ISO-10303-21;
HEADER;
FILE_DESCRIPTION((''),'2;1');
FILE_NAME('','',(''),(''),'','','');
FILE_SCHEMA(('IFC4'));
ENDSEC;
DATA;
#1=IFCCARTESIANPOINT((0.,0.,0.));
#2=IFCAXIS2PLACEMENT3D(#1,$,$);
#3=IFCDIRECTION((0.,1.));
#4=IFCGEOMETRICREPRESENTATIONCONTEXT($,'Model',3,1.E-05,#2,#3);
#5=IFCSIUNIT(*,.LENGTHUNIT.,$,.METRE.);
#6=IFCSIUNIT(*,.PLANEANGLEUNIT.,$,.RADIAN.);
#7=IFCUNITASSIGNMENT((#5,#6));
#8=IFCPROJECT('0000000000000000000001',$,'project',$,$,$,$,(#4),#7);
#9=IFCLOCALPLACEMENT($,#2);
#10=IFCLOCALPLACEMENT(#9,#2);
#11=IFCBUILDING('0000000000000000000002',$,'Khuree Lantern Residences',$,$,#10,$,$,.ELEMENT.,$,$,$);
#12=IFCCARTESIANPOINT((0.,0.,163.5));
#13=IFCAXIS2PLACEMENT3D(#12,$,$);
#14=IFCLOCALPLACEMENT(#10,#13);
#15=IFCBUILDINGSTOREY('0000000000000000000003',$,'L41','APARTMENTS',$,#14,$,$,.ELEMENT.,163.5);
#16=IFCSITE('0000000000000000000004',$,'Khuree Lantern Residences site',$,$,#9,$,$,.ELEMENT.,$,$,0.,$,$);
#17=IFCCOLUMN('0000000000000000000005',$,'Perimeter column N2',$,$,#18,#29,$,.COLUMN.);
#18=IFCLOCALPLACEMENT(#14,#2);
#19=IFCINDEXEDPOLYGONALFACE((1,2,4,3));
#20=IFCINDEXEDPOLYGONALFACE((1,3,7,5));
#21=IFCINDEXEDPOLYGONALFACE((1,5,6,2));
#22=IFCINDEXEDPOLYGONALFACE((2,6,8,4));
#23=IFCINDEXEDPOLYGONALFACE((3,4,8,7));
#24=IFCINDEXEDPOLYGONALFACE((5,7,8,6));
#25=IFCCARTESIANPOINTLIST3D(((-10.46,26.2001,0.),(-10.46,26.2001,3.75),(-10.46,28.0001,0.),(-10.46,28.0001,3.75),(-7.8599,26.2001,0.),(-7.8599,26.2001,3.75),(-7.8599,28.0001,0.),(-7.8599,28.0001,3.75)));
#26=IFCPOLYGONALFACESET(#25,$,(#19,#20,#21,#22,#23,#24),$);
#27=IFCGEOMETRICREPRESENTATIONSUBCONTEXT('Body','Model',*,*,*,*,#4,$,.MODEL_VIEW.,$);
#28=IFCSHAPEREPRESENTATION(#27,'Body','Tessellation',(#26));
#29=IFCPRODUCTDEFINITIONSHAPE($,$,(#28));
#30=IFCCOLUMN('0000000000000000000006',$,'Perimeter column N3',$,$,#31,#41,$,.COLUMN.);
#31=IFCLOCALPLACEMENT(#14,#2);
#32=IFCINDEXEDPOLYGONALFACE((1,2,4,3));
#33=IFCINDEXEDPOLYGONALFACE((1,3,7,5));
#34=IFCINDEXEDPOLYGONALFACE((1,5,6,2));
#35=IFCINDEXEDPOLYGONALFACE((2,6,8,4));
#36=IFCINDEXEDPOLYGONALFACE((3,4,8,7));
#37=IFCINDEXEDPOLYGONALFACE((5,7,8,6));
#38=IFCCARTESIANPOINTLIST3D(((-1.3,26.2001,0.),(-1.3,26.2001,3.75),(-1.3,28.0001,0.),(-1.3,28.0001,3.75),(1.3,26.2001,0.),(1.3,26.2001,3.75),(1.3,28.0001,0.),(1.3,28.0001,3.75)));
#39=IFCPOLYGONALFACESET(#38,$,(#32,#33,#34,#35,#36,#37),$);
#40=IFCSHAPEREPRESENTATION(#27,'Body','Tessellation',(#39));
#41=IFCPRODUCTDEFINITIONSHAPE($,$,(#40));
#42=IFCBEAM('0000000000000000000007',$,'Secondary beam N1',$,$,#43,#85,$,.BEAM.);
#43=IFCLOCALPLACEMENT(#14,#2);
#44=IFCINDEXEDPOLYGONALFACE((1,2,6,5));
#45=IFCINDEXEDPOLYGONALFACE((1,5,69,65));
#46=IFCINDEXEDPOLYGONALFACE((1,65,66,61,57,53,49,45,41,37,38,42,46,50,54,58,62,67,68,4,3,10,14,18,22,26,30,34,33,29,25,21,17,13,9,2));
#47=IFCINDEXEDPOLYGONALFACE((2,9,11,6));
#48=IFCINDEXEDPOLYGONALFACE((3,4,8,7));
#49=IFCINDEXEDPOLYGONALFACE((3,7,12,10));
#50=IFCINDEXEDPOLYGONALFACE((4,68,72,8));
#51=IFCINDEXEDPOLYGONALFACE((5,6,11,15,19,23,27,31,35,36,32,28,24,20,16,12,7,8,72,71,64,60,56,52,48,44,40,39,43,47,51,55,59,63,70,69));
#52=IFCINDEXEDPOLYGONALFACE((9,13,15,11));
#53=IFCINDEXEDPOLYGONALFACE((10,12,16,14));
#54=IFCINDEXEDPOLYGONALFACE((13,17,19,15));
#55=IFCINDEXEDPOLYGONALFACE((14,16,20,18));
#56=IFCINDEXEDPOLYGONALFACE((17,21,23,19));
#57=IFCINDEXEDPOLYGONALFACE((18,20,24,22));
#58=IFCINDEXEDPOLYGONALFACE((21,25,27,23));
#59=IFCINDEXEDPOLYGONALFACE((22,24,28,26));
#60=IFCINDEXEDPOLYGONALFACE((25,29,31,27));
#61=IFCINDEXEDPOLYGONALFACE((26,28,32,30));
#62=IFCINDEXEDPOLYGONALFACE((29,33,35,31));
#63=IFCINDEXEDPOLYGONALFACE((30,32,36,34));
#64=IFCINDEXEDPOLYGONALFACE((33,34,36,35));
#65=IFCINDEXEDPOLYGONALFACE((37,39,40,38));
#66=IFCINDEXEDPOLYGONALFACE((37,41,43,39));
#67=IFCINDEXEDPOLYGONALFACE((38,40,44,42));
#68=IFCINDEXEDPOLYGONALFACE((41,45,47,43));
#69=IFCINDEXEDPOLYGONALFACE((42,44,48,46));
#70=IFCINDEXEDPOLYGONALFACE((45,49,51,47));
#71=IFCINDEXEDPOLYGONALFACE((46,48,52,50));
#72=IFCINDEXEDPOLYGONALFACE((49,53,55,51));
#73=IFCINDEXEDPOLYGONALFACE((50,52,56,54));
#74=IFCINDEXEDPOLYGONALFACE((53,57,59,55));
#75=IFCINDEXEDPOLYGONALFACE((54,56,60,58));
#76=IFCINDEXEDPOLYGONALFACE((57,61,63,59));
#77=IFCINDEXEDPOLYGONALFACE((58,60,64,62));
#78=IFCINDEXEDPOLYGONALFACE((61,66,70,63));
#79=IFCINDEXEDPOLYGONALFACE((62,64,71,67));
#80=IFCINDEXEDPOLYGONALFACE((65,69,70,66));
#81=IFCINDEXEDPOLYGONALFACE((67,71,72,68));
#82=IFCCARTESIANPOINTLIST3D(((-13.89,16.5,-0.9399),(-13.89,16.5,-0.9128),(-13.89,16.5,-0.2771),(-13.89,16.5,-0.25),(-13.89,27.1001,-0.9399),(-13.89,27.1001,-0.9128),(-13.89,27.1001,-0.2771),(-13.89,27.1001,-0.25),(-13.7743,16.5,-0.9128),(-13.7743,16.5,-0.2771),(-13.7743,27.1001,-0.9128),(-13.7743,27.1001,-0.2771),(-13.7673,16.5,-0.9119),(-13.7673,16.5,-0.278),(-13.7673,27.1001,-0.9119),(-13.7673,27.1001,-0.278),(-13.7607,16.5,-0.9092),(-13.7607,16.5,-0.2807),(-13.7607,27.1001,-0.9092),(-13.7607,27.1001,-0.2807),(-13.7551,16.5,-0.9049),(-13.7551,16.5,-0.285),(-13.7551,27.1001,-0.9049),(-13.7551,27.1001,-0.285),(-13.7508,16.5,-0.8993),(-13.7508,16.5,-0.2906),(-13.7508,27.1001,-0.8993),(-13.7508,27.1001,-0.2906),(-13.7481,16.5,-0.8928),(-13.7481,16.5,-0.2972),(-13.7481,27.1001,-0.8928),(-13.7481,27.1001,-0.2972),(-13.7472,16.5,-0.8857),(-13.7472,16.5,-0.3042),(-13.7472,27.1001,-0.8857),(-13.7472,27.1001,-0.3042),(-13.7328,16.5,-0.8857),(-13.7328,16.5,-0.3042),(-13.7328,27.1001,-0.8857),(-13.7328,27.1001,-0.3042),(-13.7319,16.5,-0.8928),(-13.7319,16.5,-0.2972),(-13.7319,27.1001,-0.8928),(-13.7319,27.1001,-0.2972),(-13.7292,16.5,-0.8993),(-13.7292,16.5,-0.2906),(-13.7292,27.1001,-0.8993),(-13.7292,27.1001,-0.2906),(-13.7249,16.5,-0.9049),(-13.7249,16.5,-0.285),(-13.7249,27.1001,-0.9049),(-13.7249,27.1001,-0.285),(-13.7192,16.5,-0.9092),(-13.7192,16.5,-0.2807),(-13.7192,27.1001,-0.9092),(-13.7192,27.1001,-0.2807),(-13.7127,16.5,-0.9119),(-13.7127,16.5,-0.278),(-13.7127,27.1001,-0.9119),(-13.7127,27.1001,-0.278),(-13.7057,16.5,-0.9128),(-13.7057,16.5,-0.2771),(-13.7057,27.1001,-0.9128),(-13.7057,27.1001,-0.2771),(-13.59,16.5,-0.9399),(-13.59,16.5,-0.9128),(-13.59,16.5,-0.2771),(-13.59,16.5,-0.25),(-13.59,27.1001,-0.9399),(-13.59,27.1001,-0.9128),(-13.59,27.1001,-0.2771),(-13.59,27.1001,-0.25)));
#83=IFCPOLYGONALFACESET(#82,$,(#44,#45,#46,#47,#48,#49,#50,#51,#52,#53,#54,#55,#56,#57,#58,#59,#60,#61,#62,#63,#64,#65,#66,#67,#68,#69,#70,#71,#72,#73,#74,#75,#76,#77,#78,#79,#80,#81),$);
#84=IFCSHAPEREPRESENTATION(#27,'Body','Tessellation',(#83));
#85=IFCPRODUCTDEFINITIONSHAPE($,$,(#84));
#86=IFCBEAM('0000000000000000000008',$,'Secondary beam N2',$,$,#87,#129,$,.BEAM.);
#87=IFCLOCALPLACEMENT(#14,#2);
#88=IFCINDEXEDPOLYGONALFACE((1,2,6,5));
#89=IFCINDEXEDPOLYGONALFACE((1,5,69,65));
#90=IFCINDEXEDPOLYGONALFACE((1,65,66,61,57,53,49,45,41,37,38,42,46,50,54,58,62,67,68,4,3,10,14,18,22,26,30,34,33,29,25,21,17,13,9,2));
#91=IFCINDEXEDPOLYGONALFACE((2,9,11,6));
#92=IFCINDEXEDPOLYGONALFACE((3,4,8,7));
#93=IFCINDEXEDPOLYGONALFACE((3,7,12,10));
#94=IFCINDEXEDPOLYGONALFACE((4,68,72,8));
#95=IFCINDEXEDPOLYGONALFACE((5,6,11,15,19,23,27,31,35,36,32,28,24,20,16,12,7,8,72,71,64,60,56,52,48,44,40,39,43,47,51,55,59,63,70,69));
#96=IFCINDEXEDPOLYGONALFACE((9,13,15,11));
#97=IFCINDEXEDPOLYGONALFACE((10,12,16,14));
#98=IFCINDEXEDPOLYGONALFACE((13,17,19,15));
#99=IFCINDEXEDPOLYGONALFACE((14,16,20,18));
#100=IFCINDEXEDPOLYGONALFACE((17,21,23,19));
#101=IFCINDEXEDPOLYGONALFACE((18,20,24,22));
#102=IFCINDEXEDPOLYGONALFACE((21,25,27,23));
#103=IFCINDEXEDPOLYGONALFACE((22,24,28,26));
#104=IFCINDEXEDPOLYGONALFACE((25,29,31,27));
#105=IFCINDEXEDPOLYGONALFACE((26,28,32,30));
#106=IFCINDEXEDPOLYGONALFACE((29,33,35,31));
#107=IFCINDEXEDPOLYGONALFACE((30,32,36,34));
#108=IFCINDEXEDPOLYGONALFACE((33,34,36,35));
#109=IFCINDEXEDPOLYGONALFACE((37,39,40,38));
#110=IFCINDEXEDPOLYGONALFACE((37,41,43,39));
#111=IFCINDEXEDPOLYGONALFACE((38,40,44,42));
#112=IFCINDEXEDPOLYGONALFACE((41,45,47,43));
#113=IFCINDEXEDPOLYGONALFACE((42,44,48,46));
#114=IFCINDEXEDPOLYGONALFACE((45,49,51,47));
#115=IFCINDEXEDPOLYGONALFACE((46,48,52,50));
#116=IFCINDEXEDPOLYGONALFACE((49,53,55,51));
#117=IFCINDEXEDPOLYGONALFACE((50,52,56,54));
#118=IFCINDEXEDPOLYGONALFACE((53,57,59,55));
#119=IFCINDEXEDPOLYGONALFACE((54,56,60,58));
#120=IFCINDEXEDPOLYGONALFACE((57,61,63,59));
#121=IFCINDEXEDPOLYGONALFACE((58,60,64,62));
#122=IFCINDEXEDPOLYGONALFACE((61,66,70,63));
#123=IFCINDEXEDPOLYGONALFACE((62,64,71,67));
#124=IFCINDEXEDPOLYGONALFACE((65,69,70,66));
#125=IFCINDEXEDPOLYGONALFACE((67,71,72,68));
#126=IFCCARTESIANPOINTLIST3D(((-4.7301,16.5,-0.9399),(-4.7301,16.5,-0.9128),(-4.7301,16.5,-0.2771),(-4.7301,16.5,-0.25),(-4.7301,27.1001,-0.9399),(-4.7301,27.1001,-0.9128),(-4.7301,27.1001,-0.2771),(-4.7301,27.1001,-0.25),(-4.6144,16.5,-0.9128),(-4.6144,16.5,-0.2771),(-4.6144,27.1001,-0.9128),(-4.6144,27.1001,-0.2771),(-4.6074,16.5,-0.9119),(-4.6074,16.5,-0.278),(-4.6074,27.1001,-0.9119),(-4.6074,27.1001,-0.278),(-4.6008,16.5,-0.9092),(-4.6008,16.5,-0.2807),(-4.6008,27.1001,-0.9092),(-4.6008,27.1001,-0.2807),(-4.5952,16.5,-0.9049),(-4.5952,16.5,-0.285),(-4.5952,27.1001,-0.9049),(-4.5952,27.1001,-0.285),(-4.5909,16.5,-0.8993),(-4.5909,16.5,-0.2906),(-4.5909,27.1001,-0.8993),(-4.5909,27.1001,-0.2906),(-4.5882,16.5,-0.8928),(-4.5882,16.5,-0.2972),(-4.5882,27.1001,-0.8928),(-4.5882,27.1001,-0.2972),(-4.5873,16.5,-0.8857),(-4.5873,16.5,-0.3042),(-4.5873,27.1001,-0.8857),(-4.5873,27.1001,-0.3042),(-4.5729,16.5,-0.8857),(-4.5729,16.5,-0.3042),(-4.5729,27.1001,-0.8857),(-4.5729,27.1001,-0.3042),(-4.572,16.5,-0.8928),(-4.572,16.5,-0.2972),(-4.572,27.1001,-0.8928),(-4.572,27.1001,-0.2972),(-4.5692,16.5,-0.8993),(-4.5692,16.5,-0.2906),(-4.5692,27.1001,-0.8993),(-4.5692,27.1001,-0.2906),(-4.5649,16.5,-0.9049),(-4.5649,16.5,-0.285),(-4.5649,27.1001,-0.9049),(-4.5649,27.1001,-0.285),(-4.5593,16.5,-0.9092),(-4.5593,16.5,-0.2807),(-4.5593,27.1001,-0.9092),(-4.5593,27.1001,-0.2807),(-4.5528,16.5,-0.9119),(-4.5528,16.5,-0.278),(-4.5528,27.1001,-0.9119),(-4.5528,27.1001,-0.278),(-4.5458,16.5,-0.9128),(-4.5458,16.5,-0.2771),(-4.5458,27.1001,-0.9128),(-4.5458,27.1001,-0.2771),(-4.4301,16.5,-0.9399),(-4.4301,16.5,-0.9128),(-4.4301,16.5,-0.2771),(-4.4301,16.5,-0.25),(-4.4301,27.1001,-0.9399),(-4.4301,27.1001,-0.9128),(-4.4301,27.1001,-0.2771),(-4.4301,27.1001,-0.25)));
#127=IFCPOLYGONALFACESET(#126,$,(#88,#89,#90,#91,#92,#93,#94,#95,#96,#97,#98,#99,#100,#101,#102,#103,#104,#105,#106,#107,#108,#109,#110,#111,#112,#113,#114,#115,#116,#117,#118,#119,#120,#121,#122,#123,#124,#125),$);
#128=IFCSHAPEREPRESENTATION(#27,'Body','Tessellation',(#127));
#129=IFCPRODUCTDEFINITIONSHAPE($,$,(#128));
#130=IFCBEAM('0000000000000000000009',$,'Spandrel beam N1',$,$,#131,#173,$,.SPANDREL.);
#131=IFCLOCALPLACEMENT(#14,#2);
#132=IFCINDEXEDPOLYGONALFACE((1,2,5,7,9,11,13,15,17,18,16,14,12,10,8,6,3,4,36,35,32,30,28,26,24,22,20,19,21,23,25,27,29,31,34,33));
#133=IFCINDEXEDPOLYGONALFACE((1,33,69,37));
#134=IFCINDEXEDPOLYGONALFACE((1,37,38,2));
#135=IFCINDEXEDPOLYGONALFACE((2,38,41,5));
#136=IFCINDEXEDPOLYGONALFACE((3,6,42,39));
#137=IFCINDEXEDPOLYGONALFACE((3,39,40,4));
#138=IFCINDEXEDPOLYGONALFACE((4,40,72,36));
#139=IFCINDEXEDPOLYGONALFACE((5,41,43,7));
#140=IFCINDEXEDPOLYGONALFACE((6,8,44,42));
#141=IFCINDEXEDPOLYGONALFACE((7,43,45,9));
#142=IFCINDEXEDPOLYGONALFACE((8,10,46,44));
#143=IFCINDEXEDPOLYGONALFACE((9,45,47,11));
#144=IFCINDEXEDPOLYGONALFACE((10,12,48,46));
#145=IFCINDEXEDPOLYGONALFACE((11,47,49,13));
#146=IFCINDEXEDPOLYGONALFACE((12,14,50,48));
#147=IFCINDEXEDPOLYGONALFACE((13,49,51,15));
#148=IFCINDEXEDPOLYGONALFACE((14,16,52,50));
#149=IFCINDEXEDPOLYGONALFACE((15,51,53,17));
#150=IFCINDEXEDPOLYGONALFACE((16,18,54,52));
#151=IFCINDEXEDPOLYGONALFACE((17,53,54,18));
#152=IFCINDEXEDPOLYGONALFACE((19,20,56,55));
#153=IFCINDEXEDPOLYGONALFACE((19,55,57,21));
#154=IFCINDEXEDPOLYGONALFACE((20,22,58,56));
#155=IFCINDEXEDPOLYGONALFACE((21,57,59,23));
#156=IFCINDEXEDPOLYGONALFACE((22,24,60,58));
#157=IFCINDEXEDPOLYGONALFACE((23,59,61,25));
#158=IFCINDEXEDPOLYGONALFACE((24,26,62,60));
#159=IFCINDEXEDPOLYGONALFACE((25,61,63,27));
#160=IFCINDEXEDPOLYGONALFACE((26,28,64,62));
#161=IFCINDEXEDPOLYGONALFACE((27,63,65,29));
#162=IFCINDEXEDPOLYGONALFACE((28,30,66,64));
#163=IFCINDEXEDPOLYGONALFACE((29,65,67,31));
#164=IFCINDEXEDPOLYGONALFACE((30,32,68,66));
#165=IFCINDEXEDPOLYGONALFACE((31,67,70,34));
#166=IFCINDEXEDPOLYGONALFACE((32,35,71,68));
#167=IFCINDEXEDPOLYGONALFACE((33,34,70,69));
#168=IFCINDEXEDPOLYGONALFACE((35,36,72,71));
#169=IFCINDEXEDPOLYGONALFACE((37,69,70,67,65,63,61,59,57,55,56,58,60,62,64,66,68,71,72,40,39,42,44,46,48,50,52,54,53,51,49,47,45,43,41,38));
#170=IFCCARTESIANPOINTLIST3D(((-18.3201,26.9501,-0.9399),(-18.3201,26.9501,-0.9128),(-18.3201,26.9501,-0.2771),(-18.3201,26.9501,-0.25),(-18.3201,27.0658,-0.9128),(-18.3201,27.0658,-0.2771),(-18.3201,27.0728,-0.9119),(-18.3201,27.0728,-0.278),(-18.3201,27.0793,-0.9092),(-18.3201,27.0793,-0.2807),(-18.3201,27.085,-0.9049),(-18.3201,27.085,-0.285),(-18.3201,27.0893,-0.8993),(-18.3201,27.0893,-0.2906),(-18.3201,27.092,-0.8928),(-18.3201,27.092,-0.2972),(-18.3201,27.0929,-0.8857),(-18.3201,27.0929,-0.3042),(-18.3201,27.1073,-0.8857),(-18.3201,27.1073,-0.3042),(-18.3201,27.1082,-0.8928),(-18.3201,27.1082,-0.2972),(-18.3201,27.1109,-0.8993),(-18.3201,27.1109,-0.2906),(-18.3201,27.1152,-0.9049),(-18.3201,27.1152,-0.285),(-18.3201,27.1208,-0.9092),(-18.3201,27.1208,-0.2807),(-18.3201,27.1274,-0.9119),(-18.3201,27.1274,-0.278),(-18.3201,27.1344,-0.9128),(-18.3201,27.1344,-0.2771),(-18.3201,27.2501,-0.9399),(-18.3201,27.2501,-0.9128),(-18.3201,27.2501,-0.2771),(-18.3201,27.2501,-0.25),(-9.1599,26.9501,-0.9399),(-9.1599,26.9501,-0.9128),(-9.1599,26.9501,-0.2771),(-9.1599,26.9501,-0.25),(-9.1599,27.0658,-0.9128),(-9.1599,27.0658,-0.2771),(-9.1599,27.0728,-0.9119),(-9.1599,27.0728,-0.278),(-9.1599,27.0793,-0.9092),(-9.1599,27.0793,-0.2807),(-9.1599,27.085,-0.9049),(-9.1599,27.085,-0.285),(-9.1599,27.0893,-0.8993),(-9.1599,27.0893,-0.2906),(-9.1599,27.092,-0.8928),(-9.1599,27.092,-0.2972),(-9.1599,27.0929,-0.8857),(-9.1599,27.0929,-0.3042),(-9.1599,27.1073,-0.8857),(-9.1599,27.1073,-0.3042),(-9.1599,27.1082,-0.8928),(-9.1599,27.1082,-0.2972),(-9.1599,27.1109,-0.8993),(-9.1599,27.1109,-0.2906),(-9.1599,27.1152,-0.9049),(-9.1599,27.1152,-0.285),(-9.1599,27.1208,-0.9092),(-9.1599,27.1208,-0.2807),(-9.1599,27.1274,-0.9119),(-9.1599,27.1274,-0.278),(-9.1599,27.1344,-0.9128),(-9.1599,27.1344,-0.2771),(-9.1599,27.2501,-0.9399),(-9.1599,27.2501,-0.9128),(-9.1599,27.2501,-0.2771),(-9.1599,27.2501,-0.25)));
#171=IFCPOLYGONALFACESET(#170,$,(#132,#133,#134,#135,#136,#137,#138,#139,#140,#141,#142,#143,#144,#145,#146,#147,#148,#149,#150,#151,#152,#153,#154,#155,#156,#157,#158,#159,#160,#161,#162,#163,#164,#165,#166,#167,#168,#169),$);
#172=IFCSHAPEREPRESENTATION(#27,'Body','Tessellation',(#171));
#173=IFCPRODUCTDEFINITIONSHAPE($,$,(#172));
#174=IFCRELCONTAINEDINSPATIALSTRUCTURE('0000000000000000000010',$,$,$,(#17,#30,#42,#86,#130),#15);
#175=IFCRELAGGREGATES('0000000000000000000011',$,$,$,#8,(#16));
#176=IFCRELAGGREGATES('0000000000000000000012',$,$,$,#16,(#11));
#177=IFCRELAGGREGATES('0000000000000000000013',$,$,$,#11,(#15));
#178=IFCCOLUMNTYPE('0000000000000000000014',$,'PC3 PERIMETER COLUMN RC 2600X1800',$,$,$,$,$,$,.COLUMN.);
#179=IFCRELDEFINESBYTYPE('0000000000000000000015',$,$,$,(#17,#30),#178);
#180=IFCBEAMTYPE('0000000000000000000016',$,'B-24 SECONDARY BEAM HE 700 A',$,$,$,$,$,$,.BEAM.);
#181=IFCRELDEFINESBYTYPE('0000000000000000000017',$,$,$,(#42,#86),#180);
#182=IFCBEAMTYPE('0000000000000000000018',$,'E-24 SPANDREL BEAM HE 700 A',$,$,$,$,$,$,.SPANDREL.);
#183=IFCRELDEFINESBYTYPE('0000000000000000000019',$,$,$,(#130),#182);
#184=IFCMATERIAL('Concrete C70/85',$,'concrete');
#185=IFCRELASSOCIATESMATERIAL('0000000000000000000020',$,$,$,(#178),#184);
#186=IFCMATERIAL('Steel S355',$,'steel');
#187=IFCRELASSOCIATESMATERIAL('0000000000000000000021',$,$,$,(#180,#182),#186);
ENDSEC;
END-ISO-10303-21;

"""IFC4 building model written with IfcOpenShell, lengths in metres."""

from ifc_helpers import new_model, si_unit, direction, frame, origin, origin_2d, place, context, subcontext, project, spatial, rectangle, i_section, extrude, material, material_profile, profile_set, type_object, element, save


model = new_model("IFC4")

# Units and contexts
model_context = context("Model", 3, precision=1e-05, world=origin(), true_north=direction((0.0, 1.0)))
body_context = subcontext(model_context, "Body", "Model", "MODEL_VIEW")
ifc_project = project(units=[si_unit("LENGTHUNIT", "METRE"), si_unit("PLANEANGLEUNIT", "RADIAN")], contexts=[model_context])

# Site, building, storey
site_placement = place(None, origin())
site = spatial("IfcSite", under=ifc_project, at=site_placement, Name="Khuree Lantern Residences site", CompositionType="ELEMENT", RefElevation=0.0)
building_placement = place(site_placement, origin())
building = spatial("IfcBuilding", under=site, at=building_placement, Name="Khuree Lantern Residences", CompositionType="ELEMENT")
storey_placement = place(building_placement, frame((0.0, 0.0, 163.5)))
storey = spatial("IfcBuildingStorey", under=building, at=storey_placement, Name="L41", Description="APARTMENTS", CompositionType="ELEMENT", Elevation=163.5)

# Columns
ifc_material_1 = material(Name="Concrete C70/85", Category="concrete")
ifc_material_profile_1 = material_profile(ifc_material_1, rectangle(XDim=2.6001, YDim=1.8, at=origin_2d()), Name="RC 2600X1800")
ifc_profile_set_1 = profile_set([ifc_material_profile_1], Name="Concrete C70/85")
column_type = type_object("IfcColumnType", Name="PC3 PERIMETER COLUMN RC 2600X1800", PredefinedType="COLUMN", material=ifc_profile_set_1)
for number, where, z_axis, x_axis, name in (
    (1, (-9.1599, 27.1001, 0.0), (0.0, 0.0, 1.0), (1.0, 0.0, 0.0), "Perimeter column N2"),
    (2, (0.0, 27.1001, 0.0), (0.0, 0.0, 1.0), (1.0, 0.0, 0.0), "Perimeter column N3"),
):
    element("IfcColumn", number, at=place(storey_placement, frame(where, z_axis=z_axis, x_axis=x_axis)), inside=storey, type_object=column_type, Name=name, PredefinedType="COLUMN", context=body_context, shape_type="SweptSolid", body=[
        extrude(rectangle(XDim=2.6001, YDim=1.8, at=origin_2d()), origin(), (0.0, 0.0, 1.0), 3.75),
    ])

# Beams
ifc_material_2 = material(Name="Steel S355", Category="steel")
ifc_material_profile_2 = material_profile(ifc_material_2, i_section(OverallWidth=0.3, OverallDepth=0.6899, WebThickness=0.0144, FlangeThickness=0.0271, FilletRadius=0.0271, at=origin_2d()), Name="HE 700 A")
ifc_profile_set_2 = profile_set([ifc_material_profile_2], Name="Steel S355")
beam_type_1 = type_object("IfcBeamType", Name="B-24 SECONDARY BEAM HE 700 A", PredefinedType="BEAM", material=ifc_profile_set_2)
for number, where, z_axis, x_axis, name in (
    (3, (-13.74, 27.1001, -0.595), (0.0, -1.0, 0.0), (1.0, 0.0, 0.0), "Secondary beam N1"),
    (4, (-4.5801, 27.1001, -0.595), (0.0, -1.0, 0.0), (1.0, 0.0, 0.0), "Secondary beam N2"),
):
    element("IfcBeam", number, at=place(storey_placement, frame(where, z_axis=z_axis, x_axis=x_axis)), inside=storey, type_object=beam_type_1, Name=name, PredefinedType="BEAM", context=body_context, shape_type="SweptSolid", body=[
        extrude(i_section(OverallWidth=0.3, OverallDepth=0.6899, WebThickness=0.0144, FlangeThickness=0.0271, FilletRadius=0.0271, at=origin_2d()), origin(), (0.0, 0.0, 1.0), 10.6001),
    ])
ifc_material_profile_3 = material_profile(ifc_material_2, i_section(OverallWidth=0.3, OverallDepth=0.6899, WebThickness=0.0144, FlangeThickness=0.0271, FilletRadius=0.0271, at=origin_2d()), Name="HE 700 A")
ifc_profile_set_3 = profile_set([ifc_material_profile_3], Name="Steel S355")
beam_type_2 = type_object("IfcBeamType", Name="E-24 SPANDREL BEAM HE 700 A", PredefinedType="SPANDREL", material=ifc_profile_set_3)
beam_1_placement = place(storey_placement, frame((-18.3201, 27.1001, -0.595), z_axis=(1.0, 0.0, 0.0), x_axis=(0.0, 1.0, 0.0)))
element("IfcBeam", 5, at=beam_1_placement, inside=storey, type_object=beam_type_2, Name="Spandrel beam N1", PredefinedType="SPANDREL", context=body_context, shape_type="SweptSolid", body=[
    extrude(i_section(OverallWidth=0.3, OverallDepth=0.6899, WebThickness=0.0144, FlangeThickness=0.0271, FilletRadius=0.0271, at=origin_2d()), origin(), (0.0, 0.0, 1.0), 9.1602),
])

save(model, "model.ifc")
